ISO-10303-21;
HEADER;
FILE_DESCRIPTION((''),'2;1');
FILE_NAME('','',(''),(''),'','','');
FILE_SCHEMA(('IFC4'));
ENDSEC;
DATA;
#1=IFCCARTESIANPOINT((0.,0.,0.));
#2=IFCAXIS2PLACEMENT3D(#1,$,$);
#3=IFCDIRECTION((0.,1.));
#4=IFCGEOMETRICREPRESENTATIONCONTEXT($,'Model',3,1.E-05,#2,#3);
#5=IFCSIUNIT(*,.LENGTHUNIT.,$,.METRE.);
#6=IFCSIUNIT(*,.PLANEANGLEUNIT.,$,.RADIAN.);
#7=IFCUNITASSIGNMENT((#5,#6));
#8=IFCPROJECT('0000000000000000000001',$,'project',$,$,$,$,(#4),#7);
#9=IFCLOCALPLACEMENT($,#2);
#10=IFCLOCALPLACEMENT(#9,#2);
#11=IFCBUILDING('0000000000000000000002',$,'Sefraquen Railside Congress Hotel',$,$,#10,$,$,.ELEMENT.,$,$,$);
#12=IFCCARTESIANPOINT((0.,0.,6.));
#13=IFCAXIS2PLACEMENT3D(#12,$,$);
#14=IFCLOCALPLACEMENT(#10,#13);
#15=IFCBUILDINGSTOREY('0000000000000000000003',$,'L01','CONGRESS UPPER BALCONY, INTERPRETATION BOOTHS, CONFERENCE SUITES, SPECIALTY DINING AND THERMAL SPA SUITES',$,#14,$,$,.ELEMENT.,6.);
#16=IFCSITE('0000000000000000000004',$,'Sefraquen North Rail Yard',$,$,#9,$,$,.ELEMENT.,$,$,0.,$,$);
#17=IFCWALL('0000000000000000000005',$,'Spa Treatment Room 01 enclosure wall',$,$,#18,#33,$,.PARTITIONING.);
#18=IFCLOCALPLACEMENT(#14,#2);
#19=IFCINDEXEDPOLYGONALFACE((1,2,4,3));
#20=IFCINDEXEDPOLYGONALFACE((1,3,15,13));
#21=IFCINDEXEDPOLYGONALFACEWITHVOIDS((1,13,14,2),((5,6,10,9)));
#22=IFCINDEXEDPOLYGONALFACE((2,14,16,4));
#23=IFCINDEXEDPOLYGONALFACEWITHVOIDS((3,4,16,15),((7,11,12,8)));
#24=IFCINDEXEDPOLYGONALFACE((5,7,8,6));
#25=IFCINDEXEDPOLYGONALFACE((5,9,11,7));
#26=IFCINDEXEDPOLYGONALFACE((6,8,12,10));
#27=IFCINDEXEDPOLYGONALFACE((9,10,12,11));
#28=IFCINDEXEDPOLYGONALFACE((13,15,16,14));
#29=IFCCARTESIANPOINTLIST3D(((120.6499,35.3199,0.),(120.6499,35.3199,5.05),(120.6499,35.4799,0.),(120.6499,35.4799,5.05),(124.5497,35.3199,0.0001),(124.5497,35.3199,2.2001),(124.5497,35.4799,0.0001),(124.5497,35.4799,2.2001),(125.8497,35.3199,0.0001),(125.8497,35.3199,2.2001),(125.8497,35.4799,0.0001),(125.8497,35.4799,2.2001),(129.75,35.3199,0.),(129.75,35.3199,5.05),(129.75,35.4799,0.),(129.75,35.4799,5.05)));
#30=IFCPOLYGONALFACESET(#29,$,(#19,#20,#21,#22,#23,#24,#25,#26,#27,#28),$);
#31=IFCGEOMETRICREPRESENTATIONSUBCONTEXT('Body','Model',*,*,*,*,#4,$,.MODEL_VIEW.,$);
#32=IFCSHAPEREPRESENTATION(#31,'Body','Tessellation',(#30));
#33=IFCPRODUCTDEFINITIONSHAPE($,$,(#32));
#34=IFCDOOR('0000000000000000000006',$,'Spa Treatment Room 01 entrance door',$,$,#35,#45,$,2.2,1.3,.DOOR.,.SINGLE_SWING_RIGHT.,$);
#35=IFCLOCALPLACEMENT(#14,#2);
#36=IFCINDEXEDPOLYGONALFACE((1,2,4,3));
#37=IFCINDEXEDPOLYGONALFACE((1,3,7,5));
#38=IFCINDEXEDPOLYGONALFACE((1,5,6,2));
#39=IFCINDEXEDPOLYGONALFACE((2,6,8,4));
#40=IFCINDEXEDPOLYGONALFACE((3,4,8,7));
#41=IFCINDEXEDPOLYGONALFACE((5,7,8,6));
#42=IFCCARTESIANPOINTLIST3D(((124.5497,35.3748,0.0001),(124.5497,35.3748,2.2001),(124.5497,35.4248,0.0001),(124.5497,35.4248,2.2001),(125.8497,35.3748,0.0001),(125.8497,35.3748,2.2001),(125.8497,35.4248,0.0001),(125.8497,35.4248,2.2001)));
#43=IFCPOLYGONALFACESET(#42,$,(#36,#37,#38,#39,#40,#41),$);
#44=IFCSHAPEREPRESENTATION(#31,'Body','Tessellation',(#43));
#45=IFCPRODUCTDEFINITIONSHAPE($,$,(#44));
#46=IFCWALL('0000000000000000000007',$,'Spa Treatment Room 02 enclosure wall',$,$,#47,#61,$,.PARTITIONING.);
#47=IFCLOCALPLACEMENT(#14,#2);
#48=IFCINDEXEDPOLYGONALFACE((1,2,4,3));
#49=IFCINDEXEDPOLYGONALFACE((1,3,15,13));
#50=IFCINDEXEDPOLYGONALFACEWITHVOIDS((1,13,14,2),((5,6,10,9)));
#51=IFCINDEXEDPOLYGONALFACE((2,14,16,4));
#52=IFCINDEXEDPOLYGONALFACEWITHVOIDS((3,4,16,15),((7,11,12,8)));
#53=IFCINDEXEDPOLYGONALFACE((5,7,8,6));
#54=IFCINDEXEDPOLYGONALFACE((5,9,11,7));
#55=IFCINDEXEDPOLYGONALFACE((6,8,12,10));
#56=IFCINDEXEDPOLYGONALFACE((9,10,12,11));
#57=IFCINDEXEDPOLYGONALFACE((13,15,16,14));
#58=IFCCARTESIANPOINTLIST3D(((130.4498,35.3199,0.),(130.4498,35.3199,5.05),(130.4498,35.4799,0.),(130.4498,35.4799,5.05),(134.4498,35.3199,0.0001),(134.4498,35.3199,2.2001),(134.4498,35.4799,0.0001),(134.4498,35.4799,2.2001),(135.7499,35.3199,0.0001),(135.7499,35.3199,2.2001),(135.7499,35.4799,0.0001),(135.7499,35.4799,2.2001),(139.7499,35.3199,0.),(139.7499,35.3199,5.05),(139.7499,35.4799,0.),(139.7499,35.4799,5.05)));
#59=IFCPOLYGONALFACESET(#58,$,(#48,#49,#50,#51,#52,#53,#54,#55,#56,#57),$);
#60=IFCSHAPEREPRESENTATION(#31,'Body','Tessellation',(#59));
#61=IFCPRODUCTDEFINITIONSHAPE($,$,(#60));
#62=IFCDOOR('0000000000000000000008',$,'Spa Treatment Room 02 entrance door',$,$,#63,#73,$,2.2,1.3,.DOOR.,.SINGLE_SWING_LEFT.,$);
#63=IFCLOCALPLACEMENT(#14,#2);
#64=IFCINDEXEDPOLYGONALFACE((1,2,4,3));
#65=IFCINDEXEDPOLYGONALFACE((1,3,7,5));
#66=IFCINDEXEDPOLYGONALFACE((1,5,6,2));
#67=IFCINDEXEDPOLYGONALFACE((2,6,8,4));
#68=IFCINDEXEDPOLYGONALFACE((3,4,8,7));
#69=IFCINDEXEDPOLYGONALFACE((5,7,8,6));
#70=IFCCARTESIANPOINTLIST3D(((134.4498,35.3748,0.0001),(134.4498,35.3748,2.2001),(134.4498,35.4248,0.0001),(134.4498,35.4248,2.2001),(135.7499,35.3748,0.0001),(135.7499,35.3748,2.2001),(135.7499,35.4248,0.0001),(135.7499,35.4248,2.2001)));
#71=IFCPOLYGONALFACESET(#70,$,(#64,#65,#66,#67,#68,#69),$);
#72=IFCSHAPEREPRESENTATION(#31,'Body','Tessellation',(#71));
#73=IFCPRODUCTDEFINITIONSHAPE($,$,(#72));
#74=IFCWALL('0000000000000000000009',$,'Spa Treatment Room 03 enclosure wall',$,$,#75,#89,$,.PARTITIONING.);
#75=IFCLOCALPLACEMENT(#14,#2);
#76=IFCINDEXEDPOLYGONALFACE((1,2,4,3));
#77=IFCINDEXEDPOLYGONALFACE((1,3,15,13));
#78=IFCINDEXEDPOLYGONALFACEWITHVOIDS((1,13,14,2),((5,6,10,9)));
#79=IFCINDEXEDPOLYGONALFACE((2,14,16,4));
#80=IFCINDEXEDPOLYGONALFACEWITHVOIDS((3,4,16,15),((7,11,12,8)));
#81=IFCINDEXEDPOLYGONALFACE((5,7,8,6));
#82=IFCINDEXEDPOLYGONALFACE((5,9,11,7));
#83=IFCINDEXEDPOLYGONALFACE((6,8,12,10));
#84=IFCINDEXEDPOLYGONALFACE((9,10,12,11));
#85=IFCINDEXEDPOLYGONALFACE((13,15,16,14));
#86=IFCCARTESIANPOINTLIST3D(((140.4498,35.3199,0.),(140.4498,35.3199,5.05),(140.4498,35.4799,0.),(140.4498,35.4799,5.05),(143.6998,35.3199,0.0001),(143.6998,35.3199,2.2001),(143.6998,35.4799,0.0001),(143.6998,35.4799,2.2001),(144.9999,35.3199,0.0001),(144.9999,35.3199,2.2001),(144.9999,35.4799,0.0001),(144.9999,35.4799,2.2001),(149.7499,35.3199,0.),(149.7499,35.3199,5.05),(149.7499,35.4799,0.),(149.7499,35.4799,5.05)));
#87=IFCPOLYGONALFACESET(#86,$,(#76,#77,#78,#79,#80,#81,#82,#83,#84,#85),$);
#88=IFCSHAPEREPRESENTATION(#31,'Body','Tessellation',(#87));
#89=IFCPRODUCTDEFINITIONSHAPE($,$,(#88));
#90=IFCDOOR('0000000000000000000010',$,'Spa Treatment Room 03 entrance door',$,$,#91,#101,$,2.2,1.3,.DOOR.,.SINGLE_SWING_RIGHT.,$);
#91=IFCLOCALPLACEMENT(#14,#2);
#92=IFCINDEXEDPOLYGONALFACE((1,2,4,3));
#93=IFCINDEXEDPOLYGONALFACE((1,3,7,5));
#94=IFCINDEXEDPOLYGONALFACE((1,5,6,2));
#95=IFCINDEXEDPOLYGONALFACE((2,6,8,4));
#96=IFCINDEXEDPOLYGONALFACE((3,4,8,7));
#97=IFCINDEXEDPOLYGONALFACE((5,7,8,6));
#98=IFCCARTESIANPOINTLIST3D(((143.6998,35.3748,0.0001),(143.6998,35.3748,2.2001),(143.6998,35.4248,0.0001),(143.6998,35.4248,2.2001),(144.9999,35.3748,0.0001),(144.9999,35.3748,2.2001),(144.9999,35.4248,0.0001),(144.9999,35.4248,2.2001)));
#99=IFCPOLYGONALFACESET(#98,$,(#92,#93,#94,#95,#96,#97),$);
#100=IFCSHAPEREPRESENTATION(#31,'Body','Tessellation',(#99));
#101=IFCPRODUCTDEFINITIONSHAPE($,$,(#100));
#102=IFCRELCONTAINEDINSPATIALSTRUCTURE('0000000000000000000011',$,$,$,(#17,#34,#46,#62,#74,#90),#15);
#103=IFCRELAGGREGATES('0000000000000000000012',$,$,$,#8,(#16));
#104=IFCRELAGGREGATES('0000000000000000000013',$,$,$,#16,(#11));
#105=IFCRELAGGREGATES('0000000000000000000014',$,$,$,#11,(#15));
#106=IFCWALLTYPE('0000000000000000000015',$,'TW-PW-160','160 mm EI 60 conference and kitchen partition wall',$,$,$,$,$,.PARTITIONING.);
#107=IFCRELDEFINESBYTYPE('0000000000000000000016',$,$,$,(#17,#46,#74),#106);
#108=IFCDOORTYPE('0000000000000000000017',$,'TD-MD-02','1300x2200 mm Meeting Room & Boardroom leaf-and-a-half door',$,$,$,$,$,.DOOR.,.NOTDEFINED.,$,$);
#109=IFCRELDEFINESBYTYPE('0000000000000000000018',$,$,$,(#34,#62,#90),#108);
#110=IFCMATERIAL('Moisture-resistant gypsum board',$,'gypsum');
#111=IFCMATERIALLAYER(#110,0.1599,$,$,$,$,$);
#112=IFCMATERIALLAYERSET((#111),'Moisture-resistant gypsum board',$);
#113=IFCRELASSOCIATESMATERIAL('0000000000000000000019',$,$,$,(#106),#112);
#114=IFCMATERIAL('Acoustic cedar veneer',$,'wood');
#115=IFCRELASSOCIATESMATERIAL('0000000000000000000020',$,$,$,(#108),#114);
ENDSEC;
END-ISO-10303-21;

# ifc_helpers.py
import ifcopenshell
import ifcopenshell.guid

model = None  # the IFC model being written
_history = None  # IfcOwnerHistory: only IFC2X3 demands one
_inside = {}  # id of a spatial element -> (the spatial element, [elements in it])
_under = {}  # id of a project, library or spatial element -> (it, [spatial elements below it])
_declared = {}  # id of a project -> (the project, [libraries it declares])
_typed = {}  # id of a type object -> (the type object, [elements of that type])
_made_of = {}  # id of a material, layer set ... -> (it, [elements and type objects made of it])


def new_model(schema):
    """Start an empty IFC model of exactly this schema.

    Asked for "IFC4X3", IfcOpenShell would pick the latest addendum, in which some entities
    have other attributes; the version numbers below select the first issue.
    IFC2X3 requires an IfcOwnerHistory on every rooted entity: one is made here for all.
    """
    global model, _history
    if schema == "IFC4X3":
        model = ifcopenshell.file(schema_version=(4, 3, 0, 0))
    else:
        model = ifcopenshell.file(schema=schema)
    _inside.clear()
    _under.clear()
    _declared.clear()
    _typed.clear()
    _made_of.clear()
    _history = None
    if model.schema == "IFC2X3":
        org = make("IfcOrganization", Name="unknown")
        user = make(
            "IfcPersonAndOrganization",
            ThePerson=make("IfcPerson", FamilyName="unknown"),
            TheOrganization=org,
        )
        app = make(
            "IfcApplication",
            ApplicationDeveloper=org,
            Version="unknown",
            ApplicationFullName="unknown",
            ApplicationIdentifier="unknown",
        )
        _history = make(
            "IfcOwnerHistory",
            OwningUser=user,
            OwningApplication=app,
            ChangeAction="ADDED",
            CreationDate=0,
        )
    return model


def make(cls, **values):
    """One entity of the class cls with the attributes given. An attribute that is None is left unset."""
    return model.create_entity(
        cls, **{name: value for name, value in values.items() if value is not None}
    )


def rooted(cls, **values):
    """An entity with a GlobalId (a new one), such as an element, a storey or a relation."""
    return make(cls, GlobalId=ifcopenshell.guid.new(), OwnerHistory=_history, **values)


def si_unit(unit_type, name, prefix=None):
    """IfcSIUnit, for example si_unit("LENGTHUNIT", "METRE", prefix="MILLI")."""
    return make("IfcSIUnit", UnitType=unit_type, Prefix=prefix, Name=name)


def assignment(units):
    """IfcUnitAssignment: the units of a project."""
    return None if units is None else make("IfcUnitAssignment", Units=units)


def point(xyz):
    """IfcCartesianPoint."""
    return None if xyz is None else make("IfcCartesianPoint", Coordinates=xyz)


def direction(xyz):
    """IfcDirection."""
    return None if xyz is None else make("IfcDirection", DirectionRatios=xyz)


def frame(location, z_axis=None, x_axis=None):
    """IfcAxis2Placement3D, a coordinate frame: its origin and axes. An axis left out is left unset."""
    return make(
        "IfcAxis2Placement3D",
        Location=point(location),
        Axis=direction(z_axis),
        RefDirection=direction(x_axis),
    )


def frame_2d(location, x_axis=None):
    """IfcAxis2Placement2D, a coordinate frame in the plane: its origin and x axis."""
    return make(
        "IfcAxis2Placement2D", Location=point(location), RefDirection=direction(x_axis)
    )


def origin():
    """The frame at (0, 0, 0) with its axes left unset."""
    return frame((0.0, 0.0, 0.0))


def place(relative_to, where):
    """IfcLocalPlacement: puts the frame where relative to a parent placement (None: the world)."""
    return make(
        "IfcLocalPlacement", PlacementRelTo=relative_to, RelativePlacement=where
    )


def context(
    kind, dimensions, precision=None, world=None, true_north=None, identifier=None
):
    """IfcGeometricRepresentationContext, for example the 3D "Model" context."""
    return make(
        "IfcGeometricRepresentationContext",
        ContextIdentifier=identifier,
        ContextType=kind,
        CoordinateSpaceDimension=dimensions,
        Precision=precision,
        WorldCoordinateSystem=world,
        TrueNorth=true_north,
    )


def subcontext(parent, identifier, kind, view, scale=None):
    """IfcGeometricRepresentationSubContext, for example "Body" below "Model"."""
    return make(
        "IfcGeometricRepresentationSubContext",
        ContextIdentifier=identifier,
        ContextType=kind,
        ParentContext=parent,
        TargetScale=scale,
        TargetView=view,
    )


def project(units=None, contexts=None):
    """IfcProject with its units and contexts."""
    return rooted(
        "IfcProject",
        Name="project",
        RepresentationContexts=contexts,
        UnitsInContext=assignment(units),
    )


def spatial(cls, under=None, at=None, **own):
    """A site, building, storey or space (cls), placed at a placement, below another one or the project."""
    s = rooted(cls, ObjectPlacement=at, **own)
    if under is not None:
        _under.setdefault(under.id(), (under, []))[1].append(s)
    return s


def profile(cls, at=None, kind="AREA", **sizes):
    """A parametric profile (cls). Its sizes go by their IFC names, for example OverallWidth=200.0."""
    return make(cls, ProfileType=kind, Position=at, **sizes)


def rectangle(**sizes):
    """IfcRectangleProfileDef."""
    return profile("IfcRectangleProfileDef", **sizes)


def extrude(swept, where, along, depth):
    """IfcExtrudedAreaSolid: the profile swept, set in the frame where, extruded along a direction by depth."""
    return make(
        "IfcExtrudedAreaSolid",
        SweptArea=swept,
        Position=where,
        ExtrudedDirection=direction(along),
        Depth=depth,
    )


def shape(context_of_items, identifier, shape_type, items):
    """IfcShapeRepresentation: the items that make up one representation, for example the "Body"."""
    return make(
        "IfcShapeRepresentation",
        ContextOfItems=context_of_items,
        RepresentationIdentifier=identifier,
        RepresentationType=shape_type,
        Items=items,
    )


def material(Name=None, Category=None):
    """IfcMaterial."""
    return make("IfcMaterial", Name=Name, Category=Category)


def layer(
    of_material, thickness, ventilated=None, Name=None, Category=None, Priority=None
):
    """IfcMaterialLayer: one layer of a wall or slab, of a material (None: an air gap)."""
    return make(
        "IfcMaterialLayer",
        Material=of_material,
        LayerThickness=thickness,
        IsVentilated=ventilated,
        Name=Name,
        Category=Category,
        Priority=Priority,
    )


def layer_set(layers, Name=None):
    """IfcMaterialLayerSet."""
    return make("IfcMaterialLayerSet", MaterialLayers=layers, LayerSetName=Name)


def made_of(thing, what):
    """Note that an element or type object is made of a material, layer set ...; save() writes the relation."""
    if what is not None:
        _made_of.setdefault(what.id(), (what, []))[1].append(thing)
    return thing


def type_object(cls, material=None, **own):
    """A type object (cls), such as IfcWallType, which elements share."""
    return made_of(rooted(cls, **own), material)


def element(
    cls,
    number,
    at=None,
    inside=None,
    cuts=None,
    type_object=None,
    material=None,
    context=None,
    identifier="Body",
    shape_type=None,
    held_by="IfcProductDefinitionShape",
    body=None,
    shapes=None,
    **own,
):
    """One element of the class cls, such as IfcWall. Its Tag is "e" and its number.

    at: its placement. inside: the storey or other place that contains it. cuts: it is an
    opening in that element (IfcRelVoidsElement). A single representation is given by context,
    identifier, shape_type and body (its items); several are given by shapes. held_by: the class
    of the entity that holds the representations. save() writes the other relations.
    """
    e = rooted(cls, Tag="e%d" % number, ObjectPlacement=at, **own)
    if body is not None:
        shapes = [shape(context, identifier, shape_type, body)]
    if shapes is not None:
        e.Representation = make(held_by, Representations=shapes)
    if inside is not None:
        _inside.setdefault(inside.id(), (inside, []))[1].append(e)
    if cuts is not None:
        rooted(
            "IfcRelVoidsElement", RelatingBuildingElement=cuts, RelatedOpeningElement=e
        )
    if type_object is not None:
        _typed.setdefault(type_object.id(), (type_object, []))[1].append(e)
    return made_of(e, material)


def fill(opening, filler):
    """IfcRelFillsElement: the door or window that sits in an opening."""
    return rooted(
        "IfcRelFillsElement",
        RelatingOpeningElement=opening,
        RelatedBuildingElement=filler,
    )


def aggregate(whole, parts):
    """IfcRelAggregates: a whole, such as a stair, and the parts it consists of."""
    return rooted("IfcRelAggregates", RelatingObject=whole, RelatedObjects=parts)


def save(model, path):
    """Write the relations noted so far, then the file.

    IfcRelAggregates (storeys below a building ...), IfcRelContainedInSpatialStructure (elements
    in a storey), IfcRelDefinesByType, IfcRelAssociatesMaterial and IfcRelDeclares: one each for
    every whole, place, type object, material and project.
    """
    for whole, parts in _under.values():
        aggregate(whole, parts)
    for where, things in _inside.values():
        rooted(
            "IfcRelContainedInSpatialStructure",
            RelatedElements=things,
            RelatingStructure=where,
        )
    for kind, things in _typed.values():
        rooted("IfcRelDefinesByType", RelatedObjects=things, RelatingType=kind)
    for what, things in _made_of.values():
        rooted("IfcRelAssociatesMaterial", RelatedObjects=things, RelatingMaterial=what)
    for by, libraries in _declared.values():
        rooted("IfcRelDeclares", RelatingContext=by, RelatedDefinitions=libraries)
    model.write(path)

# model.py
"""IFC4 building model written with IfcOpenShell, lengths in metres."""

from ifc_helpers import new_model, si_unit, direction, frame, frame_2d, origin, place, context, subcontext, project, spatial, rectangle, extrude, material, layer, layer_set, type_object, element, fill, save


model = new_model("IFC4")

# Units and contexts
model_context = context("Model", 3, precision=1e-05, world=origin(), true_north=direction((0.0, 1.0)))
body_context = subcontext(model_context, "Body", "Model", "MODEL_VIEW")
ifc_project = project(units=[si_unit("LENGTHUNIT", "METRE"), si_unit("PLANEANGLEUNIT", "RADIAN")], contexts=[model_context])

# Site, building, storey
site_placement = place(None, origin())
site = spatial("IfcSite", under=ifc_project, at=site_placement, Name="Sefraquen North Rail Yard", CompositionType="ELEMENT", RefElevation=0.0)
building_placement = place(site_placement, origin())
building = spatial("IfcBuilding", under=site, at=building_placement, Name="Sefraquen Railside Congress Hotel", CompositionType="ELEMENT")
storey_placement = place(building_placement, frame((0.0, 0.0, 6.0)))
storey = spatial("IfcBuildingStorey", under=building, at=storey_placement, Name="L01", Description="CONGRESS UPPER BALCONY, INTERPRETATION BOOTHS, CONFERENCE SUITES, SPECIALTY DINING AND THERMAL SPA SUITES", CompositionType="ELEMENT", Elevation=6.0)

# Walls, openings, doors
ifc_material_1 = material(Name="Moisture-resistant gypsum board", Category="gypsum")
ifc_layer_1 = layer(ifc_material_1, 0.1599)
ifc_layer_set_1 = layer_set([ifc_layer_1], Name="Moisture-resistant gypsum board")
wall_type_1 = type_object("IfcWallType", Name="TW-PW-160", Description="160 mm EI 60 conference and kitchen partition wall", PredefinedType="PARTITIONING", material=ifc_layer_set_1)
wall_1_placement = place(storey_placement, frame((120.6499, 35.3999, 0.0), z_axis=(0.0, 0.0, 1.0), x_axis=(1.0, 0.0, 0.0)))
wall_1 = element("IfcWall", 1, at=wall_1_placement, inside=storey, type_object=wall_type_1, Name="Spa Treatment Room 01 enclosure wall", PredefinedType="PARTITIONING", context=body_context, shape_type="SweptSolid", body=[
    extrude(rectangle(XDim=9.1001, YDim=0.1599, at=frame_2d((4.55, 0.0))), origin(), (0.0, 0.0, 1.0), 5.05),
])
opening_1_placement = place(wall_1_placement, frame((3.8999, 0.0, 0.0)))
opening_1 = element("IfcOpeningElement", 2, at=opening_1_placement, cuts=wall_1, PredefinedType="OPENING", context=body_context, shape_type="SweptSolid", body=[
    extrude(rectangle(XDim=1.3, YDim=2.2, at=frame_2d((0.6499, 1.1001))), frame((0.0, 0.0898, 0.0), z_axis=(0.0, -1.0, 0.0), x_axis=(1.0, 0.0, 0.0)), (0.0, 0.0, 1.0), 0.1799),
])
ifc_material_2 = material(Name="Acoustic cedar veneer", Category="wood")
door_type = type_object("IfcDoorType", Name="TD-MD-02", Description="1300x2200 mm Meeting Room & Boardroom leaf-and-a-half door", OperationType="NOTDEFINED", PredefinedType="DOOR", material=ifc_material_2)
door_1_placement = place(opening_1_placement, origin())
door_1 = element("IfcDoor", 3, at=door_1_placement, inside=storey, type_object=door_type, Name="Spa Treatment Room 01 entrance door", OperationType="SINGLE_SWING_RIGHT", OverallHeight=2.2, OverallWidth=1.3, PredefinedType="DOOR", context=body_context, shape_type="SweptSolid", body=[
    extrude(rectangle(XDim=1.3, YDim=2.2, at=frame_2d((0.6499, 1.1001))), frame((0.0, 0.0249, 0.0), z_axis=(0.0, -1.0, 0.0), x_axis=(1.0, 0.0, 0.0)), (0.0, 0.0, 1.0), 0.05),
])
fill(opening_1, door_1)
wall_2_placement = place(storey_placement, frame((130.45, 35.3999, 0.0), z_axis=(0.0, 0.0, 1.0), x_axis=(1.0, 0.0, 0.0)))
wall_2 = element("IfcWall", 4, at=wall_2_placement, inside=storey, type_object=wall_type_1, Name="Spa Treatment Room 02 enclosure wall", PredefinedType="PARTITIONING", context=body_context, shape_type="SweptSolid", body=[
    extrude(rectangle(XDim=9.3, YDim=0.1599, at=frame_2d((4.6499, 0.0))), origin(), (0.0, 0.0, 1.0), 5.05),
])
opening_2_placement = place(wall_2_placement, frame((4.0, 0.0, 0.0)))
opening_2 = element("IfcOpeningElement", 5, at=opening_2_placement, cuts=wall_2, PredefinedType="OPENING", context=body_context, shape_type="SweptSolid", body=[
    extrude(rectangle(XDim=1.3, YDim=2.2, at=frame_2d((0.6499, 1.1001))), frame((0.0, 0.0898, 0.0), z_axis=(0.0, -1.0, 0.0), x_axis=(1.0, 0.0, 0.0)), (0.0, 0.0, 1.0), 0.1799),
])
door_2_placement = place(opening_2_placement, origin())
door_2 = element("IfcDoor", 6, at=door_2_placement, inside=storey, type_object=door_type, Name="Spa Treatment Room 02 entrance door", OperationType="SINGLE_SWING_LEFT", OverallHeight=2.2, OverallWidth=1.3, PredefinedType="DOOR", context=body_context, shape_type="SweptSolid", body=[
    extrude(rectangle(XDim=1.3, YDim=2.2, at=frame_2d((0.6499, 1.1001))), frame((0.0, 0.0249, 0.0), z_axis=(0.0, -1.0, 0.0), x_axis=(1.0, 0.0, 0.0)), (0.0, 0.0, 1.0), 0.05),
])
fill(opening_2, door_2)
wall_3_placement = place(storey_placement, frame((140.45, 35.3999, 0.0), z_axis=(0.0, 0.0, 1.0), x_axis=(1.0, 0.0, 0.0)))
wall_3 = element("IfcWall", 7, at=wall_3_placement, inside=storey, type_object=wall_type_1, Name="Spa Treatment Room 03 enclosure wall", PredefinedType="PARTITIONING", context=body_context, shape_type="SweptSolid", body=[
    extrude(rectangle(XDim=9.3, YDim=0.1599, at=frame_2d((4.6499, 0.0))), origin(), (0.0, 0.0, 1.0), 5.05),
])
opening_3_placement = place(wall_3_placement, frame((3.25, 0.0, 0.0)))
opening_3 = element("IfcOpeningElement", 8, at=opening_3_placement, cuts=wall_3, PredefinedType="OPENING", context=body_context, shape_type="SweptSolid", body=[
    extrude(rectangle(XDim=1.3, YDim=2.2, at=frame_2d((0.6499, 1.1001))), frame((0.0, 0.0898, 0.0), z_axis=(0.0, -1.0, 0.0), x_axis=(1.0, 0.0, 0.0)), (0.0, 0.0, 1.0), 0.1799),
])
door_3_placement = place(opening_3_placement, origin())
door_3 = element("IfcDoor", 9, at=door_3_placement, inside=storey, type_object=door_type, Name="Spa Treatment Room 03 entrance door", OperationType="SINGLE_SWING_RIGHT", OverallHeight=2.2, OverallWidth=1.3, PredefinedType="DOOR", context=body_context, shape_type="SweptSolid", body=[
    extrude(rectangle(XDim=1.3, YDim=2.2, at=frame_2d((0.6499, 1.1001))), frame((0.0, 0.0249, 0.0), z_axis=(0.0, -1.0, 0.0), x_axis=(1.0, 0.0, 0.0)), (0.0, 0.0, 1.0), 0.05),
])
fill(opening_3, door_3)

save(model, "model.ifc")
